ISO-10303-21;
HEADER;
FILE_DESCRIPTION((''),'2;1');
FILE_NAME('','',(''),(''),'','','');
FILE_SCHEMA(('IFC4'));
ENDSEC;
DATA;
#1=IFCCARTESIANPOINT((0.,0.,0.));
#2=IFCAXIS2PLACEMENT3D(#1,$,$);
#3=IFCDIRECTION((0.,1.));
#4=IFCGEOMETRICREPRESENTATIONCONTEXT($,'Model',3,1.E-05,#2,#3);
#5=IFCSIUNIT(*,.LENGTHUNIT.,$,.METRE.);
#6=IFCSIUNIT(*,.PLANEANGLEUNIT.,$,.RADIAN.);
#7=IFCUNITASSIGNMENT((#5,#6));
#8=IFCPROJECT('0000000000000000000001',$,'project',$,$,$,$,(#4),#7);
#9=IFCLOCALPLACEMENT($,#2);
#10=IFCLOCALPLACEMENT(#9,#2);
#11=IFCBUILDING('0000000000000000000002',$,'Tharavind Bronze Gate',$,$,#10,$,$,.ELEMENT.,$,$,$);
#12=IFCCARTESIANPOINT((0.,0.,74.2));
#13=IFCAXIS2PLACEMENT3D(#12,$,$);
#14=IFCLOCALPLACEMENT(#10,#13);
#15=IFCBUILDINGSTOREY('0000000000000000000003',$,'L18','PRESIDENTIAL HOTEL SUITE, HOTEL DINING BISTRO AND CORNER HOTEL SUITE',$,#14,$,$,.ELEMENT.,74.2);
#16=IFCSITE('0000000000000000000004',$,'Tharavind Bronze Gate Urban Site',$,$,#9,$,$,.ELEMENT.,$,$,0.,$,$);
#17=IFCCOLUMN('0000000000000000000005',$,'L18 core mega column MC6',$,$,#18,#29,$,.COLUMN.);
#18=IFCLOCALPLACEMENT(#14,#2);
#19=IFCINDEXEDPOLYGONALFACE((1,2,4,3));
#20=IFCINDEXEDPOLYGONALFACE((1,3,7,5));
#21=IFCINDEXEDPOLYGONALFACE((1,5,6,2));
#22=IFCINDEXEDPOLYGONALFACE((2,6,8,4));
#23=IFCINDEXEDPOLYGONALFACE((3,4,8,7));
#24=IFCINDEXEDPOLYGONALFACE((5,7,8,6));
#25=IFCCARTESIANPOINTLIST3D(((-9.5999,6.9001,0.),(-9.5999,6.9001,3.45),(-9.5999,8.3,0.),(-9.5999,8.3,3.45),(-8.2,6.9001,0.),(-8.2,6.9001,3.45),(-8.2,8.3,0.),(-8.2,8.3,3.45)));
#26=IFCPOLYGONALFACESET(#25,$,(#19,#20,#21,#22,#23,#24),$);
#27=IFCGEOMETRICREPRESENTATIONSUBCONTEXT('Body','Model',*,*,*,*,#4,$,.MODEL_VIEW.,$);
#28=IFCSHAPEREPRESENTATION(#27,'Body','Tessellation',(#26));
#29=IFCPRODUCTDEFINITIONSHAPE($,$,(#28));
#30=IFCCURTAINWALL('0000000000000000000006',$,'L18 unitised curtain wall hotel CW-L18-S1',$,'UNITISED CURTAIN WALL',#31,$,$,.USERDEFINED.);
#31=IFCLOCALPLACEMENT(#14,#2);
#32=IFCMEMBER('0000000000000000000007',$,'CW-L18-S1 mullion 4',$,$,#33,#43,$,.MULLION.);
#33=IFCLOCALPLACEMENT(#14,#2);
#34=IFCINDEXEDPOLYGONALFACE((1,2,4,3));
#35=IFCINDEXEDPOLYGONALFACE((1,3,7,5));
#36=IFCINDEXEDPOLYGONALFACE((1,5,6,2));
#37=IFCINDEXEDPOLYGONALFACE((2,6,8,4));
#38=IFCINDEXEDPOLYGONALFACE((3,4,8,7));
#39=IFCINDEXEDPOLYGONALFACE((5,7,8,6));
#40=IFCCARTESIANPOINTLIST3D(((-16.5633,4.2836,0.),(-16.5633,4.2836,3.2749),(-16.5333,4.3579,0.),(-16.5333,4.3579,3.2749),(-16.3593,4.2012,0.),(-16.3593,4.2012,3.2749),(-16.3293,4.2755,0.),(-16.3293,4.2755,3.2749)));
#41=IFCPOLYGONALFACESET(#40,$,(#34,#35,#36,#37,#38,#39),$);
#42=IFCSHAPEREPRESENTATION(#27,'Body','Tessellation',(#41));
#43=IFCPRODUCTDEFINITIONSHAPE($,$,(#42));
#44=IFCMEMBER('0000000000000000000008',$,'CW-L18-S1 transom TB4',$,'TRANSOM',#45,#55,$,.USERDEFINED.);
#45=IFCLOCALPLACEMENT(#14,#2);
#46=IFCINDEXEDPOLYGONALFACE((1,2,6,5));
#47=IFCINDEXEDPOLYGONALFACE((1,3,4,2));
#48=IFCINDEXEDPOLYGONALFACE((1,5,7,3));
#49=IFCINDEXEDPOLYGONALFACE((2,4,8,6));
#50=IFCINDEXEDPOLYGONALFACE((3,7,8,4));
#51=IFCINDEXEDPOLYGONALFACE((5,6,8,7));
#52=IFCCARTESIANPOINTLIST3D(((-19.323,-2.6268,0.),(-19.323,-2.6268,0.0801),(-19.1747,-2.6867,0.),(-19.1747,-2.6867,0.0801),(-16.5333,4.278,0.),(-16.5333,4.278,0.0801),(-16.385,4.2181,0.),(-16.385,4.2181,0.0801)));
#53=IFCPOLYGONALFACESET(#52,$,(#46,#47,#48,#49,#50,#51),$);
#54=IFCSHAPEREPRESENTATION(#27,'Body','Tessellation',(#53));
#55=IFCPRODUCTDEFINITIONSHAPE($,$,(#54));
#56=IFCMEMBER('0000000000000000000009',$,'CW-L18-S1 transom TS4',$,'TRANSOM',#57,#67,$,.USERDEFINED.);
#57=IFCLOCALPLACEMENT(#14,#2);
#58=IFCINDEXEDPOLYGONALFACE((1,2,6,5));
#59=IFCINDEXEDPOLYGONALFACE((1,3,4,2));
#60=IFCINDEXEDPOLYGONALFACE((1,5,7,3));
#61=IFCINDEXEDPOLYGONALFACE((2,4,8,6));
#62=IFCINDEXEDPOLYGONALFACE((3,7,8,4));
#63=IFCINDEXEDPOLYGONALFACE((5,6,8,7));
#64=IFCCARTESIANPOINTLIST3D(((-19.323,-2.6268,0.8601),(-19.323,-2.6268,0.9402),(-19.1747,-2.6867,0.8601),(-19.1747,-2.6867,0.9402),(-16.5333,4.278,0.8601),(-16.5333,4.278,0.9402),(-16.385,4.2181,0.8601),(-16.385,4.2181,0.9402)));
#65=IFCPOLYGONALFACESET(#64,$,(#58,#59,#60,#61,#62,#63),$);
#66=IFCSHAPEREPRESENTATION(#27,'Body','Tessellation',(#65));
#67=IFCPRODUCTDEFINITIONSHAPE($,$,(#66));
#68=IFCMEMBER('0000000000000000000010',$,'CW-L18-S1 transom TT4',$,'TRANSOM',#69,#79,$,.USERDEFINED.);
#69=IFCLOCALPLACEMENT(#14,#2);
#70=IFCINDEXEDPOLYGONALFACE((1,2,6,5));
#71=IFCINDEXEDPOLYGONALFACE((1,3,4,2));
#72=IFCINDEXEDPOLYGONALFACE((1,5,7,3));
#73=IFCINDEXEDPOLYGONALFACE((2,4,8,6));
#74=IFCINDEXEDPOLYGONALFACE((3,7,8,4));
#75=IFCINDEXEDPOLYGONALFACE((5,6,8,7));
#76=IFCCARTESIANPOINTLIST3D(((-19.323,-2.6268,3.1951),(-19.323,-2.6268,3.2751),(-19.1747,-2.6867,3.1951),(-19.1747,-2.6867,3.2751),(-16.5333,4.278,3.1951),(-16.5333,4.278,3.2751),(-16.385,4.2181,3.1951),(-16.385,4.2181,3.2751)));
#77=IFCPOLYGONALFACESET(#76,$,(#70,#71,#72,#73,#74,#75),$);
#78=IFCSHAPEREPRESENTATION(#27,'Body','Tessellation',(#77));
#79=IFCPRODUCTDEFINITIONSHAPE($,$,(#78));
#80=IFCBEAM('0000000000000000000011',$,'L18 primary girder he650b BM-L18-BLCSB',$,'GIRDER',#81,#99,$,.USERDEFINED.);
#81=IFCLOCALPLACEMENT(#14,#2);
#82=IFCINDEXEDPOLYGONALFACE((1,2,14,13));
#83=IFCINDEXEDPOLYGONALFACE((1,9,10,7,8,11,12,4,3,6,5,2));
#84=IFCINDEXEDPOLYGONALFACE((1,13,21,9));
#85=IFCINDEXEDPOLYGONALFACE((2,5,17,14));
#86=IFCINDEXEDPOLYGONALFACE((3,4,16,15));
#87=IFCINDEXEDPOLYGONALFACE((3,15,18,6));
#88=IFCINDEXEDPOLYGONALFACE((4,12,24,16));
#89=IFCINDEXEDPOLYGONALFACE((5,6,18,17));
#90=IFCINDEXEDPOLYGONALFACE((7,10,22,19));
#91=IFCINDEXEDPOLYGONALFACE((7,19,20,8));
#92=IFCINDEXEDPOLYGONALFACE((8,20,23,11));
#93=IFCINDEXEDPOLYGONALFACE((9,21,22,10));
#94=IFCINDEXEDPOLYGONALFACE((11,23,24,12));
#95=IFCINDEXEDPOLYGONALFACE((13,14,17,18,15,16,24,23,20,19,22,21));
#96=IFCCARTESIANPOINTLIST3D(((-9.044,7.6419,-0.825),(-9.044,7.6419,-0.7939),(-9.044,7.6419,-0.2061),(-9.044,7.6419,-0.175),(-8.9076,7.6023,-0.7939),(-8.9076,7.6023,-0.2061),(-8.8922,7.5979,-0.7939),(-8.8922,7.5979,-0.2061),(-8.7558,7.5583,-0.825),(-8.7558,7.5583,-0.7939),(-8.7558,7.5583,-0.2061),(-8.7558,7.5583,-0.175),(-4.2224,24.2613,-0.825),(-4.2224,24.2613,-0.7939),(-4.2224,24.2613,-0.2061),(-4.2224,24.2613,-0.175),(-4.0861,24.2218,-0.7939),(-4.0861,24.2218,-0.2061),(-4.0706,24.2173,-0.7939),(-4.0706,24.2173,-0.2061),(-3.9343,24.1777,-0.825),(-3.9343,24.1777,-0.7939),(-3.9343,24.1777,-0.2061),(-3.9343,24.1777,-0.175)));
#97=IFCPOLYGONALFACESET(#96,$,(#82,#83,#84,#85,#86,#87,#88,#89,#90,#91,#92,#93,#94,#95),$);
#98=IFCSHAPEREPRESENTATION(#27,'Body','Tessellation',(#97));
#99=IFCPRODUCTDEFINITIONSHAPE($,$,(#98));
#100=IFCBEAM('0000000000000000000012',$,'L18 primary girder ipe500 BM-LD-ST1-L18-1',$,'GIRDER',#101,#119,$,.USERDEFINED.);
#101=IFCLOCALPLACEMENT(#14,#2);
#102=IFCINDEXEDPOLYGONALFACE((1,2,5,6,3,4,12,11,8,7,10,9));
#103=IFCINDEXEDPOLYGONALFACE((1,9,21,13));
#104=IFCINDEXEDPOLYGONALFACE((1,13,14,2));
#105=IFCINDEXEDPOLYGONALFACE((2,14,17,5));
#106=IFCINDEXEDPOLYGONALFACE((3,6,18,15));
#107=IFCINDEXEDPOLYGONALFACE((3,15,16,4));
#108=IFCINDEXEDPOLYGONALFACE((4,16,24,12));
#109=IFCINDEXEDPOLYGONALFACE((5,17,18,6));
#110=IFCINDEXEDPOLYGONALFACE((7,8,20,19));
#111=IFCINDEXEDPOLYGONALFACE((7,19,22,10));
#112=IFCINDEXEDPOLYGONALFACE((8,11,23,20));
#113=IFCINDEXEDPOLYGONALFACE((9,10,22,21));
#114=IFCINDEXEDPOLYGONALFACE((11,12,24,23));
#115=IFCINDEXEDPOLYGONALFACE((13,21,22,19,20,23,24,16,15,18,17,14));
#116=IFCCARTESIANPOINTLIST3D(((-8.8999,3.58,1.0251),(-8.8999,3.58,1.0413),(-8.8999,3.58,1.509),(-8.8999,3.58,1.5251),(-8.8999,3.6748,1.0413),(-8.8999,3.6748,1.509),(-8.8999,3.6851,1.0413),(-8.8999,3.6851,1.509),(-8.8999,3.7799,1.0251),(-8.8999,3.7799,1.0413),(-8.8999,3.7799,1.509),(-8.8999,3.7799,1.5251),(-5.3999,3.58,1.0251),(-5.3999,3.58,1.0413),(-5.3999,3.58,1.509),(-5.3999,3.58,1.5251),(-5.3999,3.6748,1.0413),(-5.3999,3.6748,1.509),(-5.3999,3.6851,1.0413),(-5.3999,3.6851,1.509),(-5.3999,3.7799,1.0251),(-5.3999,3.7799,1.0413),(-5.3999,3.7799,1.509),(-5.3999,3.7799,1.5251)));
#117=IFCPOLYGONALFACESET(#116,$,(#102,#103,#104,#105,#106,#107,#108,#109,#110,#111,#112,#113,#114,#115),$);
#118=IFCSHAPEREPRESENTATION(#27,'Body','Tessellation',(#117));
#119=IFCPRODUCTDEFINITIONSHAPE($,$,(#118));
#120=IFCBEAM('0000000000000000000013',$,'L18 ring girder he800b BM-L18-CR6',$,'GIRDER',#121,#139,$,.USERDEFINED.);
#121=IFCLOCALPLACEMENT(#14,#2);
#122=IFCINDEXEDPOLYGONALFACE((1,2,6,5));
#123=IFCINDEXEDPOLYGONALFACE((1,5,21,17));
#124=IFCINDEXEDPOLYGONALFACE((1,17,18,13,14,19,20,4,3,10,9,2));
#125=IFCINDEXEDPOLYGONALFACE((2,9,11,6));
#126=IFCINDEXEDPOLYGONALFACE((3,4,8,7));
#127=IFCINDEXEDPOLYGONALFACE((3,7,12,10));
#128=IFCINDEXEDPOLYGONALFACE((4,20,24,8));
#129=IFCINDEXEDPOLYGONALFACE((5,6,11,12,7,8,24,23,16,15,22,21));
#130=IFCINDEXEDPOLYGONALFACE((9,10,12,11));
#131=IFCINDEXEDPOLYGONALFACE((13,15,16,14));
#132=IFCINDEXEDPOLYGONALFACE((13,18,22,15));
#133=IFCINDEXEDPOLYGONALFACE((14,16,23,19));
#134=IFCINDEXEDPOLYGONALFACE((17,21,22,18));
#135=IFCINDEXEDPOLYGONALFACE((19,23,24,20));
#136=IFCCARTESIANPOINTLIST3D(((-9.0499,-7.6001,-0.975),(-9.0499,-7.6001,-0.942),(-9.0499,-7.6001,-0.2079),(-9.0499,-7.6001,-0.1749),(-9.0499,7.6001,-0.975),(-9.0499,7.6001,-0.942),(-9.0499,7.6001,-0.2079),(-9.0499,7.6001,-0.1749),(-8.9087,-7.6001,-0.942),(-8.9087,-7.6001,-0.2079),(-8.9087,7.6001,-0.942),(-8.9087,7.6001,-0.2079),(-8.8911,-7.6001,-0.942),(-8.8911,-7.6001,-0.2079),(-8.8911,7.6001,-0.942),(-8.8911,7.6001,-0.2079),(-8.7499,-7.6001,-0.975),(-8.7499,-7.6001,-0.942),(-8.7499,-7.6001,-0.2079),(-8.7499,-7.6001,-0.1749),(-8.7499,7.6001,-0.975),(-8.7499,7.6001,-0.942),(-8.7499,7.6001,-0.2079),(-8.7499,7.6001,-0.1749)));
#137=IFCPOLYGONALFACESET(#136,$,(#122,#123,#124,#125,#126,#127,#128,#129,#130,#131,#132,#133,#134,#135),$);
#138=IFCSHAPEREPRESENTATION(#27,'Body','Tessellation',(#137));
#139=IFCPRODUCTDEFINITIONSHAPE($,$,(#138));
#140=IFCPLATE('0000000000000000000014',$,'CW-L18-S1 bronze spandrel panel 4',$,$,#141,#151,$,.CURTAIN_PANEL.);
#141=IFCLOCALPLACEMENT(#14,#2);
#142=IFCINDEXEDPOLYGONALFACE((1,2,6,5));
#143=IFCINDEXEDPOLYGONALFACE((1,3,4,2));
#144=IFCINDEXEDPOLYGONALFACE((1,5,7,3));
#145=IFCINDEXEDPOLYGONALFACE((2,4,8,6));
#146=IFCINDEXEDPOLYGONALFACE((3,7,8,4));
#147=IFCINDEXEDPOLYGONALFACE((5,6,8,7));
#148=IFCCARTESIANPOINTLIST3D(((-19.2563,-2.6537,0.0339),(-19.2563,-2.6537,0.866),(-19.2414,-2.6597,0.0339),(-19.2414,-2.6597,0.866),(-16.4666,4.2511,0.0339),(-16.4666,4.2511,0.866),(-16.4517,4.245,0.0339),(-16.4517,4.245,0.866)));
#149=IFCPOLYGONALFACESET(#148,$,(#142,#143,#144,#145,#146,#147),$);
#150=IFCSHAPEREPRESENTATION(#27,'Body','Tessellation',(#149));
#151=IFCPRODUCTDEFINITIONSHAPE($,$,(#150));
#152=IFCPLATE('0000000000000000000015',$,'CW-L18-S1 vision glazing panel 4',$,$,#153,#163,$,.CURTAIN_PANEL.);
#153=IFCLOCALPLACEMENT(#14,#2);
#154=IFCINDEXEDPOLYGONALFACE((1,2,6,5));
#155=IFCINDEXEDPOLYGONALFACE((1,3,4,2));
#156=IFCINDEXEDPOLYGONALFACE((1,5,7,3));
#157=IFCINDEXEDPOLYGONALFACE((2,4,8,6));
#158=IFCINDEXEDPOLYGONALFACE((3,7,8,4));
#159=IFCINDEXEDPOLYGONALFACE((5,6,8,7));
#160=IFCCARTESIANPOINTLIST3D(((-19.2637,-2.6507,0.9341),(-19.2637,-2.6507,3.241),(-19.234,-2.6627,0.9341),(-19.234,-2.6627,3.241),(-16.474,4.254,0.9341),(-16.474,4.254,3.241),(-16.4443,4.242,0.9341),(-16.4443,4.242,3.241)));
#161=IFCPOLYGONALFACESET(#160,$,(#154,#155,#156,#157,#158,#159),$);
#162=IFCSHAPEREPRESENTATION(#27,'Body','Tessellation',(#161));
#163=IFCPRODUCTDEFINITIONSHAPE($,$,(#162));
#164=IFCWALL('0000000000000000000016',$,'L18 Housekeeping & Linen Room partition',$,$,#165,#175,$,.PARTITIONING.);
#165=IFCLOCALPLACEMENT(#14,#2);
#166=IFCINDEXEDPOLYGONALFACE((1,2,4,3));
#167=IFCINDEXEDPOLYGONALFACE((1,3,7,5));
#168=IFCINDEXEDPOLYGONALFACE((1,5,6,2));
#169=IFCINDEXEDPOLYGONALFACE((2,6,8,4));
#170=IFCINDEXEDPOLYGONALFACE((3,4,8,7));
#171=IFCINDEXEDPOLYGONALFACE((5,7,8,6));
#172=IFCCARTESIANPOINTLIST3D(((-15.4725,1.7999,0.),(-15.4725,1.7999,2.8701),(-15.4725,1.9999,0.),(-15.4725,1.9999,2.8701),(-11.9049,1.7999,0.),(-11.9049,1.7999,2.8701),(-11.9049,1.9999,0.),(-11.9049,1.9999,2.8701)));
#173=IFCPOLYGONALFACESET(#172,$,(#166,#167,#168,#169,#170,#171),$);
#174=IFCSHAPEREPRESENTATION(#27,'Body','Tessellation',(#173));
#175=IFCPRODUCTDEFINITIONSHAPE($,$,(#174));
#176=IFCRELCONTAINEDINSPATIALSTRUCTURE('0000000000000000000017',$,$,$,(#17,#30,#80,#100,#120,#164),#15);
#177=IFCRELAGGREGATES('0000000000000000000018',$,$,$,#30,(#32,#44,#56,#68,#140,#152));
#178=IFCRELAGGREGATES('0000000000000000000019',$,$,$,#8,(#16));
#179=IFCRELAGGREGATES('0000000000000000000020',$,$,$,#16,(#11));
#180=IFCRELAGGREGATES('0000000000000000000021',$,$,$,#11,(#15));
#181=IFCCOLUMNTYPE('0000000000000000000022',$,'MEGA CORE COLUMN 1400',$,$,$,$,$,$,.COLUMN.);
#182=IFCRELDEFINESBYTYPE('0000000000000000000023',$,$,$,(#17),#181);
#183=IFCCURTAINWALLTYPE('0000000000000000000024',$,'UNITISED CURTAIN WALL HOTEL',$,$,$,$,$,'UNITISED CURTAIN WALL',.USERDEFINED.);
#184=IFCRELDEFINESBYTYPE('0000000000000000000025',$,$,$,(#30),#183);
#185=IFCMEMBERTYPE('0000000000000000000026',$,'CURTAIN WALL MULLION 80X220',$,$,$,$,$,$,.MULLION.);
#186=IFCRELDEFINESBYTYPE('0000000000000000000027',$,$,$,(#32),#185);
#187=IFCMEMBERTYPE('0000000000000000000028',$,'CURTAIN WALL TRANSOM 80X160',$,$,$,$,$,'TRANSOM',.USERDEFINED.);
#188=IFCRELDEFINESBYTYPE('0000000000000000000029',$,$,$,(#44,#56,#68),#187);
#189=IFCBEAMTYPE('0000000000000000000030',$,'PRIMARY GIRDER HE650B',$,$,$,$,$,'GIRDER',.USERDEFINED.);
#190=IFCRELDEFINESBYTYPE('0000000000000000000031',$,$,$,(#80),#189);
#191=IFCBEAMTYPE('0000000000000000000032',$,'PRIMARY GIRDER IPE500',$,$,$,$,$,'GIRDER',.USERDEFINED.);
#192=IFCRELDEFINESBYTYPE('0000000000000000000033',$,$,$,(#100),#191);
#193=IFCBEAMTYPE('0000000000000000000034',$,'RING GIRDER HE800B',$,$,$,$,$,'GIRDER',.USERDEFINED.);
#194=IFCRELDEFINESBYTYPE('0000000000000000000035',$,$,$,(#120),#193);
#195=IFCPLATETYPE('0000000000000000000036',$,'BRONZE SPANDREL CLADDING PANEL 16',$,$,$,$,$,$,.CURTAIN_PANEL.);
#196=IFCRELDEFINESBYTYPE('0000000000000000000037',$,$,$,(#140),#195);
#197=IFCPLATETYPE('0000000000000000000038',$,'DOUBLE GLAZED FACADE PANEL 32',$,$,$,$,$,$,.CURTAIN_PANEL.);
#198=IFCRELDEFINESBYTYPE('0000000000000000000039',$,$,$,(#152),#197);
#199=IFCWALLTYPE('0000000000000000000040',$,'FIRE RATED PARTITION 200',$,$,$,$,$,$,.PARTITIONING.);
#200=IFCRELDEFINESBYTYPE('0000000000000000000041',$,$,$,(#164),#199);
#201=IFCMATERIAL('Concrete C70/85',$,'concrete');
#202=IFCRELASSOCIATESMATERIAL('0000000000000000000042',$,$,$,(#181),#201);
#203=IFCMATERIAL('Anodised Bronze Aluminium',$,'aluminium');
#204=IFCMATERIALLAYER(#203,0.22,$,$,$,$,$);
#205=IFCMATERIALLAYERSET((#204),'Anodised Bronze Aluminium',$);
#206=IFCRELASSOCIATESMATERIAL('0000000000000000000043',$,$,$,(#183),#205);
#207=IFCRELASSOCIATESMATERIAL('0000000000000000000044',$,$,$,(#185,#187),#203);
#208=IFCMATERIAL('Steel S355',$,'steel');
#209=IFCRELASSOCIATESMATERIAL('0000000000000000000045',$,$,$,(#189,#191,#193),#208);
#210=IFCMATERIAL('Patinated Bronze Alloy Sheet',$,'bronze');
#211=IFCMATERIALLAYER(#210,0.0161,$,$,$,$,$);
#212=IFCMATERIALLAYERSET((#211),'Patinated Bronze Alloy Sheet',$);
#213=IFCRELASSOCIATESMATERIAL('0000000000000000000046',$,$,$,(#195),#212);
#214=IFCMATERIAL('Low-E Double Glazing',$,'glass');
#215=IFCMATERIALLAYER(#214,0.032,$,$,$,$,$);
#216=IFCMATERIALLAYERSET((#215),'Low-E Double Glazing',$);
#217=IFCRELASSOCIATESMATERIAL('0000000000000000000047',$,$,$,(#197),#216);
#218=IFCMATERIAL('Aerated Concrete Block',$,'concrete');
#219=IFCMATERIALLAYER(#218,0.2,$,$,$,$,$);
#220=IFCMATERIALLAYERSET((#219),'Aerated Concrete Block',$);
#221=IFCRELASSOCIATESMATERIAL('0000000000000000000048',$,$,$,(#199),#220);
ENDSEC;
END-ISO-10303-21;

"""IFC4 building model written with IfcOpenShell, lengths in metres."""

from ifc_helpers import new_model, si_unit, direction, frame, frame_2d, origin, origin_2d, place, context, subcontext, project, spatial, rectangle, i_section, extrude, material, layer, layer_set, material_profile, profile_set, type_object, element, aggregate, save


model = new_model("IFC4")

# Units and contexts
model_context = context("Model", 3, precision=1e-05, world=origin(), true_north=direction((0.0, 1.0)))
body_context = subcontext(model_context, "Body", "Model", "MODEL_VIEW")
ifc_project = project(units=[si_unit("LENGTHUNIT", "METRE"), si_unit("PLANEANGLEUNIT", "RADIAN")], contexts=[model_context])

# Site, building, storey
site_placement = place(None, origin())
site = spatial("IfcSite", under=ifc_project, at=site_placement, Name="Tharavind Bronze Gate Urban Site", CompositionType="ELEMENT", RefElevation=0.0)
building_placement = place(site_placement, origin())
building = spatial("IfcBuilding", under=site, at=building_placement, Name="Tharavind Bronze Gate", CompositionType="ELEMENT")
storey_placement = place(building_placement, frame((0.0, 0.0, 74.2)))
storey = spatial("IfcBuildingStorey", under=building, at=storey_placement, Name="L18", Description="PRESIDENTIAL HOTEL SUITE, HOTEL DINING BISTRO AND CORNER HOTEL SUITE", CompositionType="ELEMENT", Elevation=74.2)

# Column
ifc_material_1 = material(Name="Concrete C70/85", Category="concrete")
ifc_material_profile_1 = material_profile(ifc_material_1, rectangle(XDim=1.3999, YDim=1.3999, at=origin_2d()), Name="RCCOL1400")
ifc_profile_set_1 = profile_set([ifc_material_profile_1], Name="Concrete C70/85")
column_type = type_object("IfcColumnType", Name="MEGA CORE COLUMN 1400", PredefinedType="COLUMN", material=ifc_profile_set_1)
column_placement = place(storey_placement, frame((-8.8999, 7.6001, 0.0), z_axis=(0.0, 0.0, 1.0), x_axis=(1.0, 0.0, 0.0)))
element("IfcColumn", 1, at=column_placement, inside=storey, type_object=column_type, Name="L18 core mega column MC6", PredefinedType="COLUMN", context=body_context, shape_type="SweptSolid", body=[
    extrude(rectangle(XDim=1.3999, YDim=1.3999, at=origin_2d()), origin(), (0.0, 0.0, 1.0), 3.45),
])

# Curtain wall, members
ifc_material_2 = material(Name="Anodised Bronze Aluminium", Category="aluminium")
ifc_layer_1 = layer(ifc_material_2, 0.22)
ifc_layer_set_1 = layer_set([ifc_layer_1], Name="Anodised Bronze Aluminium")
curtain_wall_type = type_object("IfcCurtainWallType", Name="UNITISED CURTAIN WALL HOTEL", ElementType="UNITISED CURTAIN WALL", PredefinedType="USERDEFINED", material=ifc_layer_set_1)
curtain_wall_placement = place(storey_placement, origin())
curtain_wall = element("IfcCurtainWall", 2, at=curtain_wall_placement, inside=storey, type_object=curtain_wall_type, Name="L18 unitised curtain wall hotel CW-L18-S1", ObjectType="UNITISED CURTAIN WALL", PredefinedType="USERDEFINED")
member_type_1 = type_object("IfcMemberType", Name="CURTAIN WALL MULLION 80X220", PredefinedType="MULLION", material=ifc_material_2)
member_1_placement = place(storey_placement, frame((-16.4463, 4.2795, 0.0), z_axis=(0.0, 0.0, 1.0), x_axis=(-0.374607, -0.927184, 0.0)))
member_1 = element("IfcMember", 3, at=member_1_placement, type_object=member_type_1, Name="CW-L18-S1 mullion 4", PredefinedType="MULLION", context=body_context, shape_type="SweptSolid", body=[
    extrude(rectangle(XDim=0.0801, YDim=0.22, at=origin_2d()), origin(), (0.0, 0.0, 1.0), 3.2749),
])
member_type_2 = type_object("IfcMemberType", Name="CURTAIN WALL TRANSOM 80X160", ElementType="TRANSOM", PredefinedType="USERDEFINED", material=ifc_material_2)
member_2_placement = place(storey_placement, frame((-17.854, 0.7957, 0.0), z_axis=(0.0, 0.0, 1.0), x_axis=(-0.374607, -0.927184, 0.0)))
member_2 = element("IfcMember", 4, at=member_2_placement, type_object=member_type_2, Name="CW-L18-S1 transom TB4", ObjectType="TRANSOM", PredefinedType="USERDEFINED", context=body_context, shape_type="SweptSolid", body=[
    extrude(rectangle(XDim=7.447, YDim=0.1599, at=origin_2d()), origin(), (0.0, 0.0, 1.0), 0.0801),
])
member_3_placement = place(storey_placement, frame((-17.854, 0.7957, 0.8601), z_axis=(0.0, 0.0, 1.0), x_axis=(-0.374607, -0.927184, 0.0)))
member_3 = element("IfcMember", 5, at=member_3_placement, type_object=member_type_2, Name="CW-L18-S1 transom TS4", ObjectType="TRANSOM", PredefinedType="USERDEFINED", context=body_context, shape_type="SweptSolid", body=[
    extrude(rectangle(XDim=7.447, YDim=0.1599, at=origin_2d()), origin(), (0.0, 0.0, 1.0), 0.0801),
])
member_4_placement = place(storey_placement, frame((-17.854, 0.7957, 3.1951), z_axis=(0.0, 0.0, 1.0), x_axis=(-0.374607, -0.927184, 0.0)))
member_4 = element("IfcMember", 6, at=member_4_placement, type_object=member_type_2, Name="CW-L18-S1 transom TT4", ObjectType="TRANSOM", PredefinedType="USERDEFINED", context=body_context, shape_type="SweptSolid", body=[
    extrude(rectangle(XDim=7.447, YDim=0.1599, at=origin_2d()), origin(), (0.0, 0.0, 1.0), 0.0801),
])

# Beams
ifc_material_3 = material(Name="Steel S355", Category="steel")
ifc_material_profile_2 = material_profile(ifc_material_3, i_section(OverallWidth=0.3, OverallDepth=0.6499, WebThickness=0.0161, FlangeThickness=0.031, at=origin_2d()), Name="HE650B")
ifc_profile_set_2 = profile_set([ifc_material_profile_2], Name="Steel S355")
beam_type_1 = type_object("IfcBeamType", Name="PRIMARY GIRDER HE650B", ElementType="GIRDER", PredefinedType="USERDEFINED", material=ifc_profile_set_2)
beam_1_placement = place(storey_placement, frame((-8.8999, 7.6001, -0.5), z_axis=(0.278626, 0.9604, 0.0), x_axis=(-0.9604, 0.278626, 0.0)))
element("IfcBeam", 7, at=beam_1_placement, inside=storey, type_object=beam_type_1, Name="L18 primary girder he650b BM-L18-BLCSB", ObjectType="GIRDER", PredefinedType="USERDEFINED", context=body_context, shape_type="SweptSolid", body=[
    extrude(i_section(OverallWidth=0.3, OverallDepth=0.6499, WebThickness=0.0161, FlangeThickness=0.031, at=origin_2d()), origin(), (0.0, 0.0, 1.0), 17.3047),
])
ifc_material_profile_3 = material_profile(ifc_material_3, i_section(OverallWidth=0.2, OverallDepth=0.5, WebThickness=0.0103, FlangeThickness=0.0161, at=origin_2d()), Name="IPE500")
ifc_profile_set_3 = profile_set([ifc_material_profile_3], Name="Steel S355")
beam_type_2 = type_object("IfcBeamType", Name="PRIMARY GIRDER IPE500", ElementType="GIRDER", PredefinedType="USERDEFINED", material=ifc_profile_set_3)
beam_2_placement = place(storey_placement, frame((-8.8999, 3.6799, 1.2751), z_axis=(1.0, 0.0, 0.0), x_axis=(0.0, 1.0, 0.0)))
element("IfcBeam", 8, at=beam_2_placement, inside=storey, type_object=beam_type_2, Name="L18 primary girder ipe500 BM-LD-ST1-L18-1", ObjectType="GIRDER", PredefinedType="USERDEFINED", context=body_context, shape_type="SweptSolid", body=[
    extrude(i_section(OverallWidth=0.2, OverallDepth=0.5, WebThickness=0.0103, FlangeThickness=0.0161, at=origin_2d()), origin(), (0.0, 0.0, 1.0), 3.5),
])
ifc_material_profile_4 = material_profile(ifc_material_3, i_section(OverallWidth=0.3, OverallDepth=0.8, WebThickness=0.0176, FlangeThickness=0.033, at=origin_2d()), Name="HE800B")
ifc_profile_set_4 = profile_set([ifc_material_profile_4], Name="Steel S355")
beam_type_3 = type_object("IfcBeamType", Name="RING GIRDER HE800B", ElementType="GIRDER", PredefinedType="USERDEFINED", material=ifc_profile_set_4)
beam_3_placement = place(storey_placement, frame((-8.8999, 7.6001, -0.575), z_axis=(0.0, -1.0, 0.0), x_axis=(1.0, 0.0, 0.0)))
element("IfcBeam", 9, at=beam_3_placement, inside=storey, type_object=beam_type_3, Name="L18 ring girder he800b BM-L18-CR6", ObjectType="GIRDER", PredefinedType="USERDEFINED", context=body_context, shape_type="SweptSolid", body=[
    extrude(i_section(OverallWidth=0.3, OverallDepth=0.8, WebThickness=0.0176, FlangeThickness=0.033, at=origin_2d()), origin(), (0.0, 0.0, 1.0), 15.2002),
])

# Plates
ifc_material_4 = material(Name="Patinated Bronze Alloy Sheet", Category="bronze")
ifc_layer_2 = layer(ifc_material_4, 0.0161)
ifc_layer_set_2 = layer_set([ifc_layer_2], Name="Patinated Bronze Alloy Sheet")
plate_type_1 = type_object("IfcPlateType", Name="BRONZE SPANDREL CLADDING PANEL 16", PredefinedType="CURTAIN_PANEL", material=ifc_layer_set_2)
plate_1_placement = place(storey_placement, frame((-17.854, 0.7957, 0.0339), z_axis=(0.0, 0.0, 1.0), x_axis=(-0.374607, -0.927184, 0.0)))
plate_1 = element("IfcPlate", 10, at=plate_1_placement, type_object=plate_type_1, Name="CW-L18-S1 bronze spandrel panel 4", PredefinedType="CURTAIN_PANEL", context=body_context, shape_type="SweptSolid", body=[
    extrude(rectangle(XDim=7.447, YDim=0.0161, at=origin_2d()), origin(), (0.0, 0.0, 1.0), 0.832),
])
ifc_material_5 = material(Name="Low-E Double Glazing", Category="glass")
ifc_layer_3 = layer(ifc_material_5, 0.032)
ifc_layer_set_3 = layer_set([ifc_layer_3], Name="Low-E Double Glazing")
plate_type_2 = type_object("IfcPlateType", Name="DOUBLE GLAZED FACADE PANEL 32", PredefinedType="CURTAIN_PANEL", material=ifc_layer_set_3)
plate_2_placement = place(storey_placement, frame((-17.854, 0.7957, 0.9341), z_axis=(0.0, 0.0, 1.0), x_axis=(-0.374607, -0.927184, 0.0)))
plate_2 = element("IfcPlate", 11, at=plate_2_placement, type_object=plate_type_2, Name="CW-L18-S1 vision glazing panel 4", PredefinedType="CURTAIN_PANEL", context=body_context, shape_type="SweptSolid", body=[
    extrude(rectangle(XDim=7.447, YDim=0.032, at=origin_2d()), origin(), (0.0, 0.0, 1.0), 2.3069),
])
aggregate(curtain_wall, [member_1, member_2, member_3, member_4, plate_1, plate_2])

# Wall
ifc_material_6 = material(Name="Aerated Concrete Block", Category="concrete")
ifc_layer_4 = layer(ifc_material_6, 0.2)
ifc_layer_set_4 = layer_set([ifc_layer_4], Name="Aerated Concrete Block")
wall_type_1 = type_object("IfcWallType", Name="FIRE RATED PARTITION 200", PredefinedType="PARTITIONING", material=ifc_layer_set_4)
wall_1_placement = place(storey_placement, frame((-11.905, 1.8999, 0.0), z_axis=(0.0, 0.0, 1.0), x_axis=(-1.0, 0.0, 0.0)))
element("IfcWall", 12, at=wall_1_placement, inside=storey, type_object=wall_type_1, Name="L18 Housekeeping & Linen Room partition", PredefinedType="PARTITIONING", context=body_context, shape_type="SweptSolid", body=[
    extrude(rectangle(XDim=3.5676, YDim=0.2, at=frame_2d((1.7837, 0.0))), origin(), (0.0, 0.0, 1.0), 2.8701),
])

save(model, "model.ifc")
